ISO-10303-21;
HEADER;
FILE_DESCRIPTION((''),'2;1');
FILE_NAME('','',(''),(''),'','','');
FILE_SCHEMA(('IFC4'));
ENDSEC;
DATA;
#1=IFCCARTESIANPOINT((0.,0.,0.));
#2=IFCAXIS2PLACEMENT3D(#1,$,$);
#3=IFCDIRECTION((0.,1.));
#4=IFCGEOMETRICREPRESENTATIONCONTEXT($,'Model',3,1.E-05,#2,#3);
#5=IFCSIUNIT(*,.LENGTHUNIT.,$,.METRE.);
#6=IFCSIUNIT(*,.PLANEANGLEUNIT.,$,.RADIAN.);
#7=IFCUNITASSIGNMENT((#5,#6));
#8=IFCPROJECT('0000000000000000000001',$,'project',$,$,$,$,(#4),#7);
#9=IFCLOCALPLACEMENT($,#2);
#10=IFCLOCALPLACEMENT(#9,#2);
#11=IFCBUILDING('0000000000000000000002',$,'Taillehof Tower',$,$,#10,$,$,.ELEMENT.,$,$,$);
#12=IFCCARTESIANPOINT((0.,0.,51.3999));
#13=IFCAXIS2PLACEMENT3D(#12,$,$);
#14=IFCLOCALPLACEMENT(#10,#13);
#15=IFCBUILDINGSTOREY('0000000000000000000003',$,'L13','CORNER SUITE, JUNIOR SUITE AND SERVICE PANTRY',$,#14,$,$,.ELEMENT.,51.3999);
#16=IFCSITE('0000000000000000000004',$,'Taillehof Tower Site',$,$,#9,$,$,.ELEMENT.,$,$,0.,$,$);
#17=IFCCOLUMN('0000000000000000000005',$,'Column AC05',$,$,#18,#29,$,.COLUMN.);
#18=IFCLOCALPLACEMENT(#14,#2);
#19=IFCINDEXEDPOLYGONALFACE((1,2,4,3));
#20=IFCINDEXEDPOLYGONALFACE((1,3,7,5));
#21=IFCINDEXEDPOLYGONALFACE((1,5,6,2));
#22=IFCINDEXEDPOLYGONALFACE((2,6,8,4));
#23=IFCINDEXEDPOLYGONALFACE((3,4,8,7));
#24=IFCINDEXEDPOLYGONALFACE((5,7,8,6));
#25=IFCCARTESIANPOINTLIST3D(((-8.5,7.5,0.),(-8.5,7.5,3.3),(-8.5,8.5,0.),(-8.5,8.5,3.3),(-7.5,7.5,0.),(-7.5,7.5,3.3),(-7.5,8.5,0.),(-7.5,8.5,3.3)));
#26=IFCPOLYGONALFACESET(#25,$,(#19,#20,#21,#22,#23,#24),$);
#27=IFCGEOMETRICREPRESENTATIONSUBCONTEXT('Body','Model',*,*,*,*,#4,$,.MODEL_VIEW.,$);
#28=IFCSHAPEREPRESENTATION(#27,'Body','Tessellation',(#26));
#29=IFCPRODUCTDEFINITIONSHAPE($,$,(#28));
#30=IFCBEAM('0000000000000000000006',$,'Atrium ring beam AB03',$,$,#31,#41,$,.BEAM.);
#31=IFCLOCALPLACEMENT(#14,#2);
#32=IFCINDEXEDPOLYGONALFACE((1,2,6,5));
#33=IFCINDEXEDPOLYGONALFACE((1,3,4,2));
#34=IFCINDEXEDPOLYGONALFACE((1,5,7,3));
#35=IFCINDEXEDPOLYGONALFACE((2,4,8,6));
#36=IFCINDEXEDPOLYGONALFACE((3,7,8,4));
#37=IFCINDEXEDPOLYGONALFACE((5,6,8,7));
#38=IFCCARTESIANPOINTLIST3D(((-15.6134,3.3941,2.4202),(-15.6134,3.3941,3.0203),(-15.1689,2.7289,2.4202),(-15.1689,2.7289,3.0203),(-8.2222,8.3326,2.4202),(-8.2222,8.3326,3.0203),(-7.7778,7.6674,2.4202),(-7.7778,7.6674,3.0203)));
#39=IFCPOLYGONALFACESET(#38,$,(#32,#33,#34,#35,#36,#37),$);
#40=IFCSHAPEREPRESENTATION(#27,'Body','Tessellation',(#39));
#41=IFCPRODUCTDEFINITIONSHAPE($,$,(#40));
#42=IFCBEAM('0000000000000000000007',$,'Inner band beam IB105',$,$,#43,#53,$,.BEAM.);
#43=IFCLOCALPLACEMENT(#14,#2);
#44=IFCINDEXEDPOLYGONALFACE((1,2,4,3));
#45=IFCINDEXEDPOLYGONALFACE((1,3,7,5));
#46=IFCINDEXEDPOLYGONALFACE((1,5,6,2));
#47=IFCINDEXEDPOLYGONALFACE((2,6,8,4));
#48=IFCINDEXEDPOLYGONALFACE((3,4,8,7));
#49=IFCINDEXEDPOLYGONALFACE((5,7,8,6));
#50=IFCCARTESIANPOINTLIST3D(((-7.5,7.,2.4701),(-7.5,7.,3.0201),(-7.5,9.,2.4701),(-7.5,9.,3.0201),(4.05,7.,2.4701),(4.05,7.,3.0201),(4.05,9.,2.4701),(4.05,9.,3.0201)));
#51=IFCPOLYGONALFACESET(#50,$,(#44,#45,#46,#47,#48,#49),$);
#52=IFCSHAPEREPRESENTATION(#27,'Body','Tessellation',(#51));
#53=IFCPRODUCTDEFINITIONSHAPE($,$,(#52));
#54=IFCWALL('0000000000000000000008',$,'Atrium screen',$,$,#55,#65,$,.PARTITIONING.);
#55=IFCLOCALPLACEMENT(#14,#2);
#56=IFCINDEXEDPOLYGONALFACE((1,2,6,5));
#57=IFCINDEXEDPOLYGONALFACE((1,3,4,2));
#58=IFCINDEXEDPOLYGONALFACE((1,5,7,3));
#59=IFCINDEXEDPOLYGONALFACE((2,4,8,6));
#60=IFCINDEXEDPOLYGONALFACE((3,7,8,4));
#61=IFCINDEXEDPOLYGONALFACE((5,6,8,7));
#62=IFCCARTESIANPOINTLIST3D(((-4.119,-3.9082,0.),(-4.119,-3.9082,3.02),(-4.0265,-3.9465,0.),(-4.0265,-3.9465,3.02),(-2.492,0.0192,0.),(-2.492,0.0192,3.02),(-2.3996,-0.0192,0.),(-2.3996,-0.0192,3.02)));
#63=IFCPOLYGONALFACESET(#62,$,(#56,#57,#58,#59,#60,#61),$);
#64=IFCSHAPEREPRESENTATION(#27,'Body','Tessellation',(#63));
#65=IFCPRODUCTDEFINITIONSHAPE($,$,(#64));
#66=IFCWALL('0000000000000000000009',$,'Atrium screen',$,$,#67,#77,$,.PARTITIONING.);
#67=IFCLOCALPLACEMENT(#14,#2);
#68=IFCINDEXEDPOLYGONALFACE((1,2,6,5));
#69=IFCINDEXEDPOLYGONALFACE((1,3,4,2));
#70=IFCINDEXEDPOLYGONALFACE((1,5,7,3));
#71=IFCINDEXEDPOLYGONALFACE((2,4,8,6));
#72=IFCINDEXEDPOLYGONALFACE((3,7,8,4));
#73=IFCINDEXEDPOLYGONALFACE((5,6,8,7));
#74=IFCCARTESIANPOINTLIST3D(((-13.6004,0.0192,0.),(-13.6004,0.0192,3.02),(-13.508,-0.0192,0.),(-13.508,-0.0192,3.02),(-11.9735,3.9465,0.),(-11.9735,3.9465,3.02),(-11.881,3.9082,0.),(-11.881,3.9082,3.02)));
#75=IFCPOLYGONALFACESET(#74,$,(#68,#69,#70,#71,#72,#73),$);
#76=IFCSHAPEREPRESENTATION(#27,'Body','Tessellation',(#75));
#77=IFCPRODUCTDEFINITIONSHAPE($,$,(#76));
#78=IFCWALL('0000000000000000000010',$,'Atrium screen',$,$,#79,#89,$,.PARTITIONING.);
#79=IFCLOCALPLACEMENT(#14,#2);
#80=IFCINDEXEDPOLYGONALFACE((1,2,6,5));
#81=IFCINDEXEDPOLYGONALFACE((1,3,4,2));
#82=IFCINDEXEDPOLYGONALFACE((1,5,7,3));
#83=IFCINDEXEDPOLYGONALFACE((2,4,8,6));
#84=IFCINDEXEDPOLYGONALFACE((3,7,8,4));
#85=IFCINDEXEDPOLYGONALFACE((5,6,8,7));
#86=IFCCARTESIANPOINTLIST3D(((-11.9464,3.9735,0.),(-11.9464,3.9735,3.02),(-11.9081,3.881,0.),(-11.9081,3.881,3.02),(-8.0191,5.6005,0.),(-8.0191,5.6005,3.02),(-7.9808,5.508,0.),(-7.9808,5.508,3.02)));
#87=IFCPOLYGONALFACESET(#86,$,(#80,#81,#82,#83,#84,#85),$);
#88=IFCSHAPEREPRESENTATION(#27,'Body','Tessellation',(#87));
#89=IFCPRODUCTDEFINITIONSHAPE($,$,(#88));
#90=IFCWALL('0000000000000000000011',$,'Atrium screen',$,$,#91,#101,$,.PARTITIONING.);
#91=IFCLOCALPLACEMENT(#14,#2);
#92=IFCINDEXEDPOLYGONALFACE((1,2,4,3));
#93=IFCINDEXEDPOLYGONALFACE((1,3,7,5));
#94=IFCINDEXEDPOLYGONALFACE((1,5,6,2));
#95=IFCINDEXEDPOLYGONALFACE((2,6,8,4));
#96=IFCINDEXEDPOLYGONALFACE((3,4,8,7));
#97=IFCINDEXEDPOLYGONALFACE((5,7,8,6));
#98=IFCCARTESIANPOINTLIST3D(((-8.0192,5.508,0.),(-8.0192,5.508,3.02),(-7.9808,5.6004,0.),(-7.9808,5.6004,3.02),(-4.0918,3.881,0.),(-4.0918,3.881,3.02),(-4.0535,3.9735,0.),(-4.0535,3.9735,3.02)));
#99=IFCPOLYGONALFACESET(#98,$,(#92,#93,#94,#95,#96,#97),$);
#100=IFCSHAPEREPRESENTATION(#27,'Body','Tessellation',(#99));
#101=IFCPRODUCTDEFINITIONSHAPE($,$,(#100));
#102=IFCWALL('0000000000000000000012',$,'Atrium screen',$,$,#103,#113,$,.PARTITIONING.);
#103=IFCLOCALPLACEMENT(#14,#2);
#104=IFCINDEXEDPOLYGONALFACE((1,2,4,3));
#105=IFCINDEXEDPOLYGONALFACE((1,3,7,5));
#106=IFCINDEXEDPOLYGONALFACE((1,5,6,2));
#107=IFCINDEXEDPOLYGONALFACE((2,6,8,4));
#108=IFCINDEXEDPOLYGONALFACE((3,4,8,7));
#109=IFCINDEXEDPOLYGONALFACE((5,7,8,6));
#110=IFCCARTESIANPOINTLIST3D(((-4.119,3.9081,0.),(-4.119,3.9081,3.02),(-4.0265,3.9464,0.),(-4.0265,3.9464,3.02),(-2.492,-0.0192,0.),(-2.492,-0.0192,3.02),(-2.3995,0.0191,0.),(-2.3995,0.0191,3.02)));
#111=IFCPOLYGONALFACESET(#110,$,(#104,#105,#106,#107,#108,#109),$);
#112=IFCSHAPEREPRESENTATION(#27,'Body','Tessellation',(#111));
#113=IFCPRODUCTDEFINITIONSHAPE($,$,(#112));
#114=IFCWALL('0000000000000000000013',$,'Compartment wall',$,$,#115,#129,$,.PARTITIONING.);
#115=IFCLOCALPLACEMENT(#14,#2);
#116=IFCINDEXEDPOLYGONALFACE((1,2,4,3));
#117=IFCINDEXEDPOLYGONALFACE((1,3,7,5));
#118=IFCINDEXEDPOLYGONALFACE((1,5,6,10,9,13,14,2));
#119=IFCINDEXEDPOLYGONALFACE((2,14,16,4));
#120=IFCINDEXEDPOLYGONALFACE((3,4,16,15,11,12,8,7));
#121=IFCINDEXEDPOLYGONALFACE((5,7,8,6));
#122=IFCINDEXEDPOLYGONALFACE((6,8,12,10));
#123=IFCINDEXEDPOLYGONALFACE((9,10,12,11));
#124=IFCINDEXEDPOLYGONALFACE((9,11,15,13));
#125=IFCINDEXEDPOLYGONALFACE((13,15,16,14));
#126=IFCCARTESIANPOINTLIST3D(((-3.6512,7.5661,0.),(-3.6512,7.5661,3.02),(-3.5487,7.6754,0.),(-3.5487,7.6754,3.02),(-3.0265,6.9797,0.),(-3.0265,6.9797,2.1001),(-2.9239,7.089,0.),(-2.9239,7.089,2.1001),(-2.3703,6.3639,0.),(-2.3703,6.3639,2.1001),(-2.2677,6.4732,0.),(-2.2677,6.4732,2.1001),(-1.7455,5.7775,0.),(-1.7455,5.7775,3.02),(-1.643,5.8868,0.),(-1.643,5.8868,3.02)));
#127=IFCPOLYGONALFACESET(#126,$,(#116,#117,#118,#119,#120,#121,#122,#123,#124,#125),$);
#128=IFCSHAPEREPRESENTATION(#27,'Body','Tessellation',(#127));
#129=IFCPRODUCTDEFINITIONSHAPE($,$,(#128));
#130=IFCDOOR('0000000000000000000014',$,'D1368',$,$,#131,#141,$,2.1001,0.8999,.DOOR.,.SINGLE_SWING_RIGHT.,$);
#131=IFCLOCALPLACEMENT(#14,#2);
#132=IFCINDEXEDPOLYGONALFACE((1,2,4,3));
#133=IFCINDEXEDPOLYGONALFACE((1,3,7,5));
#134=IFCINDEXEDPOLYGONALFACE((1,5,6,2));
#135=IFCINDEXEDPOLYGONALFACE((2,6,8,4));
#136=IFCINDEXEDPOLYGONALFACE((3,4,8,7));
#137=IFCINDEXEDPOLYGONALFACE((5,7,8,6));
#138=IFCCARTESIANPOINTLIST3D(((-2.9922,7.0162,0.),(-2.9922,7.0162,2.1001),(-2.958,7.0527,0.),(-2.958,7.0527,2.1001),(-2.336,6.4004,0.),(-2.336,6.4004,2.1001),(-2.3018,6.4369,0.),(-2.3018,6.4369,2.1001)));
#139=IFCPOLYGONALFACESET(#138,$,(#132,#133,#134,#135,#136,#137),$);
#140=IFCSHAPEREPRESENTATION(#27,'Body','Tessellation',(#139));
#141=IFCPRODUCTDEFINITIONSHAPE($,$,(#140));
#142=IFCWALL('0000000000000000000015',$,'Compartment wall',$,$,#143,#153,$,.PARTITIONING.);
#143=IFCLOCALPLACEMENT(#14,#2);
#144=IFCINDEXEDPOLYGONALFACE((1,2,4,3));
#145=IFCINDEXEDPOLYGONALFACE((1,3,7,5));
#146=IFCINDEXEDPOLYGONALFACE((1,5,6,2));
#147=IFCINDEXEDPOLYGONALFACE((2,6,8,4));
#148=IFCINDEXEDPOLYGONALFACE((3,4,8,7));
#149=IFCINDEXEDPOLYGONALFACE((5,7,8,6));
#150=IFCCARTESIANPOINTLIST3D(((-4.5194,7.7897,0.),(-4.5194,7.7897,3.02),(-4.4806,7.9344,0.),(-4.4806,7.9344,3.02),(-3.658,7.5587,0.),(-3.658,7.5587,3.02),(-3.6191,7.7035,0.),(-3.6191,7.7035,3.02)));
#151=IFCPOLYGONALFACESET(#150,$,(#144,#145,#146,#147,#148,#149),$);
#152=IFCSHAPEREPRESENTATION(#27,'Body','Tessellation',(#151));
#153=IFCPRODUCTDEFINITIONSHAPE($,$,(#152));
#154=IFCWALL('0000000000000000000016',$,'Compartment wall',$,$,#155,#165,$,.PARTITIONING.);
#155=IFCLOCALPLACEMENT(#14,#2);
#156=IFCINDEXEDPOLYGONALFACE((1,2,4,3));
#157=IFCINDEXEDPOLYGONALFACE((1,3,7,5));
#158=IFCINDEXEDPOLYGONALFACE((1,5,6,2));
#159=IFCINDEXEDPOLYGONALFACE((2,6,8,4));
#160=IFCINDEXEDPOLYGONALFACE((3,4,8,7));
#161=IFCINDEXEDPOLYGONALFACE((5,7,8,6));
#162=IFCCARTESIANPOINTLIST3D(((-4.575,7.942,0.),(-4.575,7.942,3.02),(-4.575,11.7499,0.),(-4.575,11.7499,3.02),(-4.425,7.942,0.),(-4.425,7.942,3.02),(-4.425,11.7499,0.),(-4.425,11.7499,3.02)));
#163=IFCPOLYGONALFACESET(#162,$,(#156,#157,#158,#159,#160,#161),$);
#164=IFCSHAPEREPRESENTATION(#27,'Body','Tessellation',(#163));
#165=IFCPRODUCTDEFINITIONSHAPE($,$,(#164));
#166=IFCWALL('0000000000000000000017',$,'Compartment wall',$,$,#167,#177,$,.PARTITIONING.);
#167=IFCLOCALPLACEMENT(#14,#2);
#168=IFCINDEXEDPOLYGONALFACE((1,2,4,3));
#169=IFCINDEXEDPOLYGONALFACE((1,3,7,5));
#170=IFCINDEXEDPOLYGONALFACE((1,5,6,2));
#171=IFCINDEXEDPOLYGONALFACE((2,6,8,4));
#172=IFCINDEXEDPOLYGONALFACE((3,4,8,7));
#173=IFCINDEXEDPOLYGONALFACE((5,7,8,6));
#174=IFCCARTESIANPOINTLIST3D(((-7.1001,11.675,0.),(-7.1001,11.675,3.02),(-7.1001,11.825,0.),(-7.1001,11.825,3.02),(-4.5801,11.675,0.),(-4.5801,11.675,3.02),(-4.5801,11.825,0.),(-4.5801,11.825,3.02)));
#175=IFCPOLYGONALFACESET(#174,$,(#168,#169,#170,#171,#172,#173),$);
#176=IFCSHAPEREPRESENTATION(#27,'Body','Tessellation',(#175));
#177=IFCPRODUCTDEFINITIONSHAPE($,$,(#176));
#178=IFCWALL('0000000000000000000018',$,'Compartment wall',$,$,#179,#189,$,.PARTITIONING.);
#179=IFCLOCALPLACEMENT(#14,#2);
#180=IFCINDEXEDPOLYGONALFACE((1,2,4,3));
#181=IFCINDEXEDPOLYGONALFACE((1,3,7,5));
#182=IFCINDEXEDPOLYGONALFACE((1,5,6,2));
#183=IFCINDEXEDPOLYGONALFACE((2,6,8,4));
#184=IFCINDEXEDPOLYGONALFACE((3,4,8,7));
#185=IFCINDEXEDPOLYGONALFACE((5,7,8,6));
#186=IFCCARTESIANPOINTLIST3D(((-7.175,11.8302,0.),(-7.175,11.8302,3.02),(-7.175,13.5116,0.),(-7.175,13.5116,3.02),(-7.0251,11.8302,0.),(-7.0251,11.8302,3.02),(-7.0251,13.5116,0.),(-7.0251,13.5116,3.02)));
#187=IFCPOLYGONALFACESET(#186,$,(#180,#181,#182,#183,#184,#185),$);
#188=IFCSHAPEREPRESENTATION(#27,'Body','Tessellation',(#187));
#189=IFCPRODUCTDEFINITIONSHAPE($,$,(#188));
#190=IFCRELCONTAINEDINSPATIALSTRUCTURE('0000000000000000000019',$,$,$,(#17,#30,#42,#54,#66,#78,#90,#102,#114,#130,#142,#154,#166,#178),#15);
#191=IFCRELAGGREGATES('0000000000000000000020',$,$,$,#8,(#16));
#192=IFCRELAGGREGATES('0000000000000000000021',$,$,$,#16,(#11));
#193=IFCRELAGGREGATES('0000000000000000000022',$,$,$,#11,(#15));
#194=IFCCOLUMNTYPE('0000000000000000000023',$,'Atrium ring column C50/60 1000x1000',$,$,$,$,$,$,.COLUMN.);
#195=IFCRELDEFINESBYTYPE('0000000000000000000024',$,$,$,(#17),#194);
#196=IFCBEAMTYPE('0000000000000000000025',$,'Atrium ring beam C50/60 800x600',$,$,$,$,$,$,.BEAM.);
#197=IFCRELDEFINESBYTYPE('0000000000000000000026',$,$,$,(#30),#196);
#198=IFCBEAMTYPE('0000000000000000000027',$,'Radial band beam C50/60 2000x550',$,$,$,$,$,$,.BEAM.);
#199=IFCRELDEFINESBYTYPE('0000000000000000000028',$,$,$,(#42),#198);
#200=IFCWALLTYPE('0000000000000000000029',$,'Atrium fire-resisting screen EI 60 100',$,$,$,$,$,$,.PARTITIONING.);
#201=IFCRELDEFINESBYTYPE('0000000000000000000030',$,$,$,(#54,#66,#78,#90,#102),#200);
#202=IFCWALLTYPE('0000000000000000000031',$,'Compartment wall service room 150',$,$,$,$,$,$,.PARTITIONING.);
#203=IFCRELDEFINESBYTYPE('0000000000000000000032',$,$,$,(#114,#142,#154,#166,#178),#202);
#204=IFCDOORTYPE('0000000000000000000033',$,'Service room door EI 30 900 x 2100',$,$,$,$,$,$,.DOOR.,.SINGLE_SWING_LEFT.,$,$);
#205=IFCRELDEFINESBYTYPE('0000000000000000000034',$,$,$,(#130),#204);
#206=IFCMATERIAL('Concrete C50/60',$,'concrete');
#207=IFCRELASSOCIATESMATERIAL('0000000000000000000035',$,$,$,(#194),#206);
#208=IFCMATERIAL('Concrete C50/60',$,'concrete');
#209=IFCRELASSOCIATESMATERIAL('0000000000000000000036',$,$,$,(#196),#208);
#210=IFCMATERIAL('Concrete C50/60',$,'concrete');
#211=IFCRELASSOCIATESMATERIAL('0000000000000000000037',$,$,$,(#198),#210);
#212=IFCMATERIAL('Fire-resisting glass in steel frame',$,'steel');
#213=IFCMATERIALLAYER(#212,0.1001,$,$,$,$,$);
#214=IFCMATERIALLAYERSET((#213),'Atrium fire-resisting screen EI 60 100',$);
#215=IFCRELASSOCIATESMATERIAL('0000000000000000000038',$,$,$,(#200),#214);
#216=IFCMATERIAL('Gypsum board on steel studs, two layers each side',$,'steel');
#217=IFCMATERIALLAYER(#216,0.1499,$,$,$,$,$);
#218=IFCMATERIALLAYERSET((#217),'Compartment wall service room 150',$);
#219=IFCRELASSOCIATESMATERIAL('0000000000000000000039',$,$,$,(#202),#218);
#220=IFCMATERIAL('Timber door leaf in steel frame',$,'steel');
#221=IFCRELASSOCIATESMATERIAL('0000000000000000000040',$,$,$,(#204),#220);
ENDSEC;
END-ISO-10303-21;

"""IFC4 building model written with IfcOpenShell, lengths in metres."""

from ifc_helpers import new_model, si_unit, direction, frame, frame_2d, origin, origin_2d, place, context, subcontext, project, spatial, rectangle, extrude, material, layer, layer_set, material_profile, profile_set, type_object, element, fill, save


model = new_model("IFC4")

# Units and contexts
model_context = context("Model", 3, precision=1e-05, world=origin(), true_north=direction((0.0, 1.0)))
body_context = subcontext(model_context, "Body", "Model", "MODEL_VIEW")
ifc_project = project(units=[si_unit("LENGTHUNIT", "METRE"), si_unit("PLANEANGLEUNIT", "RADIAN")], contexts=[model_context])

# Site, building, storey
site_placement = place(None, origin())
site = spatial("IfcSite", under=ifc_project, at=site_placement, Name="Taillehof Tower Site", CompositionType="ELEMENT", RefElevation=0.0)
building_placement = place(site_placement, origin())
building = spatial("IfcBuilding", under=site, at=building_placement, Name="Taillehof Tower", CompositionType="ELEMENT")
storey_placement = place(building_placement, frame((0.0, 0.0, 51.3999)))
storey = spatial("IfcBuildingStorey", under=building, at=storey_placement, Name="L13", Description="CORNER SUITE, JUNIOR SUITE AND SERVICE PANTRY", CompositionType="ELEMENT", Elevation=51.3999)

# Column
ifc_material_1 = material(Name="Concrete C50/60", Category="concrete")
ifc_material_profile_1 = material_profile(ifc_material_1, rectangle(XDim=1.0, YDim=1.0, at=origin_2d()), Name="RC 1000x1000")
ifc_profile_set_1 = profile_set([ifc_material_profile_1], Name="Concrete C50/60")
column_type = type_object("IfcColumnType", Name="Atrium ring column C50/60 1000x1000", PredefinedType="COLUMN", material=ifc_profile_set_1)
column_placement = place(storey_placement, frame((-8.0, 8.0, 0.0), z_axis=(0.0, 0.0, 1.0), x_axis=(1.0, 0.0, 0.0)))
element("IfcColumn", 1, at=column_placement, inside=storey, type_object=column_type, Name="Column AC05", PredefinedType="COLUMN", context=body_context, shape_type="SweptSolid", body=[
    extrude(rectangle(XDim=1.0, YDim=1.0, at=origin_2d()), origin(), (0.0, 0.0, 1.0), 3.3),
])

# Beams
ifc_material_2 = material(Name="Concrete C50/60", Category="concrete")
ifc_material_profile_2 = material_profile(ifc_material_2, rectangle(XDim=0.8, YDim=0.6001, at=origin_2d()), Name="RC 800x600")
ifc_profile_set_2 = profile_set([ifc_material_profile_2], Name="Concrete C50/60")
beam_type_1 = type_object("IfcBeamType", Name="Atrium ring beam C50/60 800x600", PredefinedType="BEAM", material=ifc_profile_set_2)
beam_1_placement = place(storey_placement, frame((-8.0, 8.0, 2.7202), z_axis=(-0.831475, -0.555562, 0.0), x_axis=(0.555562, -0.831475, 0.0)))
element("IfcBeam", 2, at=beam_1_placement, inside=storey, type_object=beam_type_1, Name="Atrium ring beam AB03", PredefinedType="BEAM", context=body_context, shape_type="SweptSolid", body=[
    extrude(rectangle(XDim=0.8, YDim=0.6001, at=origin_2d()), origin(), (0.0, 0.0, 1.0), 8.8892),
])
ifc_material_3 = material(Name="Concrete C50/60", Category="concrete")
ifc_material_profile_3 = material_profile(ifc_material_3, rectangle(XDim=2.0, YDim=0.55, at=origin_2d()), Name="RC 2000x550")
ifc_profile_set_3 = profile_set([ifc_material_profile_3], Name="Concrete C50/60")
beam_type_2 = type_object("IfcBeamType", Name="Radial band beam C50/60 2000x550", PredefinedType="BEAM", material=ifc_profile_set_3)
beam_2_placement = place(storey_placement, frame((-7.5, 8.0, 2.7451), z_axis=(1.0, 0.0, 0.0), x_axis=(0.0, 1.0, 0.0)))
element("IfcBeam", 3, at=beam_2_placement, inside=storey, type_object=beam_type_2, Name="Inner band beam IB105", PredefinedType="BEAM", context=body_context, shape_type="SweptSolid", body=[
    extrude(rectangle(XDim=2.0, YDim=0.55, at=origin_2d()), origin(), (0.0, 0.0, 1.0), 11.55),
])

# Walls
ifc_material_4 = material(Name="Fire-resisting glass in steel frame", Category="steel")
ifc_layer_1 = layer(ifc_material_4, 0.1001)
ifc_layer_set_1 = layer_set([ifc_layer_1], Name="Atrium fire-resisting screen EI 60 100")
wall_type_1 = type_object("IfcWallType", Name="Atrium fire-resisting screen EI 60 100", PredefinedType="PARTITIONING", material=ifc_layer_set_1)
for number, where, z_axis, x_axis, name in (
    (4, (-2.4458, 0.0, 0.0), (0.0, 0.0, 1.0), (-0.382731, -0.92386, 0.0), "Atrium screen"),
    (5, (-13.5542, 0.0, 0.0), (0.0, 0.0, 1.0), (0.382731, 0.92386, 0.0), "Atrium screen"),
    (6, (-11.9272, 3.9272, 0.0), (0.0, 0.0, 1.0), (0.92386, 0.382731, 0.0), "Atrium screen"),
    (7, (-8.0, 5.5542, 0.0), (0.0, 0.0, 1.0), (0.92386, -0.382731, 0.0), "Atrium screen"),
    (8, (-4.0728, 3.9272, 0.0), (0.0, 0.0, 1.0), (0.382731, -0.92386, 0.0), "Atrium screen"),
):
    element("IfcWall", number, at=place(storey_placement, frame(where, z_axis=z_axis, x_axis=x_axis)), inside=storey, type_object=wall_type_1, Name=name, PredefinedType="PARTITIONING", context=body_context, shape_type="SweptSolid", body=[
        extrude(rectangle(XDim=4.251, YDim=0.1001, at=frame_2d((2.1255, 0.0))), origin(), (0.0, 0.0, 1.0), 3.02),
    ])

# Wall, opening, door
ifc_material_5 = material(Name="Gypsum board on steel studs, two layers each side", Category="steel")
ifc_layer_2 = layer(ifc_material_5, 0.1499)
ifc_layer_set_2 = layer_set([ifc_layer_2], Name="Compartment wall service room 150")
wall_type_2 = type_object("IfcWallType", Name="Compartment wall service room 150", PredefinedType="PARTITIONING", material=ifc_layer_set_2)
wall_1_placement = place(storey_placement, frame((-1.6943, 5.8323, 0.0), z_axis=(0.0, 0.0, 1.0), x_axis=(-0.72917, 0.684333, 0.0)))
wall_1 = element("IfcWall", 9, at=wall_1_placement, inside=storey, type_object=wall_type_2, Name="Compartment wall", PredefinedType="PARTITIONING", context=body_context, shape_type="SweptSolid", body=[
    extrude(rectangle(XDim=2.6135, YDim=0.1499, at=frame_2d((1.3066, 0.0))), origin(), (0.0, 0.0, 1.0), 3.02),
])
opening_1_placement = place(wall_1_placement, frame((0.8567, 0.0, 0.0)))
opening_1 = element("IfcOpeningElement", 10, at=opening_1_placement, cuts=wall_1, PredefinedType="OPENING", context=body_context, shape_type="SweptSolid", body=[
    extrude(rectangle(XDim=0.8999, YDim=2.1001, at=frame_2d((0.45, 1.05))), frame((0.0, 0.085, 0.0), z_axis=(0.0, -1.0, 0.0), x_axis=(1.0, 0.0, 0.0)), (0.0, 0.0, 1.0), 0.1699),
])
ifc_material_6 = material(Name="Timber door leaf in steel frame", Category="steel")
door_type_1 = type_object("IfcDoorType", Name="Service room door EI 30 900 x 2100", OperationType="SINGLE_SWING_LEFT", PredefinedType="DOOR", material=ifc_material_6)
door_1_placement = place(opening_1_placement, origin())
door_1 = element("IfcDoor", 11, at=door_1_placement, inside=storey, type_object=door_type_1, Name="D1368", OperationType="SINGLE_SWING_RIGHT", OverallHeight=2.1001, OverallWidth=0.8999, PredefinedType="DOOR", context=body_context, shape_type="SweptSolid", body=[
    extrude(rectangle(XDim=0.8999, YDim=2.1001, at=frame_2d((0.45, 1.05))), frame((0.0, 0.0249, 0.0), z_axis=(0.0, -1.0, 0.0), x_axis=(1.0, 0.0, 0.0)), (0.0, 0.0, 1.0), 0.05),
])
fill(opening_1, door_1)

# Walls
wall_2_placement = place(storey_placement, frame((-3.6387, 7.6311, 0.0), z_axis=(0.0, 0.0, 1.0), x_axis=(-0.96588, 0.258992, 0.0)))
element("IfcWall", 12, at=wall_2_placement, inside=storey, type_object=wall_type_2, Name="Compartment wall", PredefinedType="PARTITIONING", context=body_context, shape_type="SweptSolid", body=[
    extrude(rectangle(XDim=0.8918, YDim=0.1499, at=frame_2d((0.4458, 0.0))), origin(), (0.0, 0.0, 1.0), 3.02),
])
wall_3_placement = place(storey_placement, frame((-4.5, 7.9421, 0.0), z_axis=(0.0, 0.0, 1.0), x_axis=(0.0, 1.0, 0.0)))
element("IfcWall", 13, at=wall_3_placement, inside=storey, type_object=wall_type_2, Name="Compartment wall", PredefinedType="PARTITIONING", context=body_context, shape_type="SweptSolid", body=[
    extrude(rectangle(XDim=3.8079, YDim=0.1499, at=frame_2d((1.9038, 0.0))), origin(), (0.0, 0.0, 1.0), 3.02),
])
wall_4_placement = place(storey_placement, frame((-4.5801, 11.75, 0.0), z_axis=(0.0, 0.0, 1.0), x_axis=(-1.0, 0.0, 0.0)))
element("IfcWall", 14, at=wall_4_placement, inside=storey, type_object=wall_type_2, Name="Compartment wall", PredefinedType="PARTITIONING", context=body_context, shape_type="SweptSolid", body=[
    extrude(rectangle(XDim=2.52, YDim=0.1499, at=frame_2d((1.26, 0.0))), origin(), (0.0, 0.0, 1.0), 3.02),
])
wall_5_placement = place(storey_placement, frame((-7.1001, 11.8301, 0.0), z_axis=(0.0, 0.0, 1.0), x_axis=(0.0, 1.0, 0.0)))
element("IfcWall", 15, at=wall_5_placement, inside=storey, type_object=wall_type_2, Name="Compartment wall", PredefinedType="PARTITIONING", context=body_context, shape_type="SweptSolid", body=[
    extrude(rectangle(XDim=1.6814, YDim=0.1499, at=frame_2d((0.8408, 0.0))), origin(), (0.0, 0.0, 1.0), 3.02),
])

save(model, "model.ifc")
